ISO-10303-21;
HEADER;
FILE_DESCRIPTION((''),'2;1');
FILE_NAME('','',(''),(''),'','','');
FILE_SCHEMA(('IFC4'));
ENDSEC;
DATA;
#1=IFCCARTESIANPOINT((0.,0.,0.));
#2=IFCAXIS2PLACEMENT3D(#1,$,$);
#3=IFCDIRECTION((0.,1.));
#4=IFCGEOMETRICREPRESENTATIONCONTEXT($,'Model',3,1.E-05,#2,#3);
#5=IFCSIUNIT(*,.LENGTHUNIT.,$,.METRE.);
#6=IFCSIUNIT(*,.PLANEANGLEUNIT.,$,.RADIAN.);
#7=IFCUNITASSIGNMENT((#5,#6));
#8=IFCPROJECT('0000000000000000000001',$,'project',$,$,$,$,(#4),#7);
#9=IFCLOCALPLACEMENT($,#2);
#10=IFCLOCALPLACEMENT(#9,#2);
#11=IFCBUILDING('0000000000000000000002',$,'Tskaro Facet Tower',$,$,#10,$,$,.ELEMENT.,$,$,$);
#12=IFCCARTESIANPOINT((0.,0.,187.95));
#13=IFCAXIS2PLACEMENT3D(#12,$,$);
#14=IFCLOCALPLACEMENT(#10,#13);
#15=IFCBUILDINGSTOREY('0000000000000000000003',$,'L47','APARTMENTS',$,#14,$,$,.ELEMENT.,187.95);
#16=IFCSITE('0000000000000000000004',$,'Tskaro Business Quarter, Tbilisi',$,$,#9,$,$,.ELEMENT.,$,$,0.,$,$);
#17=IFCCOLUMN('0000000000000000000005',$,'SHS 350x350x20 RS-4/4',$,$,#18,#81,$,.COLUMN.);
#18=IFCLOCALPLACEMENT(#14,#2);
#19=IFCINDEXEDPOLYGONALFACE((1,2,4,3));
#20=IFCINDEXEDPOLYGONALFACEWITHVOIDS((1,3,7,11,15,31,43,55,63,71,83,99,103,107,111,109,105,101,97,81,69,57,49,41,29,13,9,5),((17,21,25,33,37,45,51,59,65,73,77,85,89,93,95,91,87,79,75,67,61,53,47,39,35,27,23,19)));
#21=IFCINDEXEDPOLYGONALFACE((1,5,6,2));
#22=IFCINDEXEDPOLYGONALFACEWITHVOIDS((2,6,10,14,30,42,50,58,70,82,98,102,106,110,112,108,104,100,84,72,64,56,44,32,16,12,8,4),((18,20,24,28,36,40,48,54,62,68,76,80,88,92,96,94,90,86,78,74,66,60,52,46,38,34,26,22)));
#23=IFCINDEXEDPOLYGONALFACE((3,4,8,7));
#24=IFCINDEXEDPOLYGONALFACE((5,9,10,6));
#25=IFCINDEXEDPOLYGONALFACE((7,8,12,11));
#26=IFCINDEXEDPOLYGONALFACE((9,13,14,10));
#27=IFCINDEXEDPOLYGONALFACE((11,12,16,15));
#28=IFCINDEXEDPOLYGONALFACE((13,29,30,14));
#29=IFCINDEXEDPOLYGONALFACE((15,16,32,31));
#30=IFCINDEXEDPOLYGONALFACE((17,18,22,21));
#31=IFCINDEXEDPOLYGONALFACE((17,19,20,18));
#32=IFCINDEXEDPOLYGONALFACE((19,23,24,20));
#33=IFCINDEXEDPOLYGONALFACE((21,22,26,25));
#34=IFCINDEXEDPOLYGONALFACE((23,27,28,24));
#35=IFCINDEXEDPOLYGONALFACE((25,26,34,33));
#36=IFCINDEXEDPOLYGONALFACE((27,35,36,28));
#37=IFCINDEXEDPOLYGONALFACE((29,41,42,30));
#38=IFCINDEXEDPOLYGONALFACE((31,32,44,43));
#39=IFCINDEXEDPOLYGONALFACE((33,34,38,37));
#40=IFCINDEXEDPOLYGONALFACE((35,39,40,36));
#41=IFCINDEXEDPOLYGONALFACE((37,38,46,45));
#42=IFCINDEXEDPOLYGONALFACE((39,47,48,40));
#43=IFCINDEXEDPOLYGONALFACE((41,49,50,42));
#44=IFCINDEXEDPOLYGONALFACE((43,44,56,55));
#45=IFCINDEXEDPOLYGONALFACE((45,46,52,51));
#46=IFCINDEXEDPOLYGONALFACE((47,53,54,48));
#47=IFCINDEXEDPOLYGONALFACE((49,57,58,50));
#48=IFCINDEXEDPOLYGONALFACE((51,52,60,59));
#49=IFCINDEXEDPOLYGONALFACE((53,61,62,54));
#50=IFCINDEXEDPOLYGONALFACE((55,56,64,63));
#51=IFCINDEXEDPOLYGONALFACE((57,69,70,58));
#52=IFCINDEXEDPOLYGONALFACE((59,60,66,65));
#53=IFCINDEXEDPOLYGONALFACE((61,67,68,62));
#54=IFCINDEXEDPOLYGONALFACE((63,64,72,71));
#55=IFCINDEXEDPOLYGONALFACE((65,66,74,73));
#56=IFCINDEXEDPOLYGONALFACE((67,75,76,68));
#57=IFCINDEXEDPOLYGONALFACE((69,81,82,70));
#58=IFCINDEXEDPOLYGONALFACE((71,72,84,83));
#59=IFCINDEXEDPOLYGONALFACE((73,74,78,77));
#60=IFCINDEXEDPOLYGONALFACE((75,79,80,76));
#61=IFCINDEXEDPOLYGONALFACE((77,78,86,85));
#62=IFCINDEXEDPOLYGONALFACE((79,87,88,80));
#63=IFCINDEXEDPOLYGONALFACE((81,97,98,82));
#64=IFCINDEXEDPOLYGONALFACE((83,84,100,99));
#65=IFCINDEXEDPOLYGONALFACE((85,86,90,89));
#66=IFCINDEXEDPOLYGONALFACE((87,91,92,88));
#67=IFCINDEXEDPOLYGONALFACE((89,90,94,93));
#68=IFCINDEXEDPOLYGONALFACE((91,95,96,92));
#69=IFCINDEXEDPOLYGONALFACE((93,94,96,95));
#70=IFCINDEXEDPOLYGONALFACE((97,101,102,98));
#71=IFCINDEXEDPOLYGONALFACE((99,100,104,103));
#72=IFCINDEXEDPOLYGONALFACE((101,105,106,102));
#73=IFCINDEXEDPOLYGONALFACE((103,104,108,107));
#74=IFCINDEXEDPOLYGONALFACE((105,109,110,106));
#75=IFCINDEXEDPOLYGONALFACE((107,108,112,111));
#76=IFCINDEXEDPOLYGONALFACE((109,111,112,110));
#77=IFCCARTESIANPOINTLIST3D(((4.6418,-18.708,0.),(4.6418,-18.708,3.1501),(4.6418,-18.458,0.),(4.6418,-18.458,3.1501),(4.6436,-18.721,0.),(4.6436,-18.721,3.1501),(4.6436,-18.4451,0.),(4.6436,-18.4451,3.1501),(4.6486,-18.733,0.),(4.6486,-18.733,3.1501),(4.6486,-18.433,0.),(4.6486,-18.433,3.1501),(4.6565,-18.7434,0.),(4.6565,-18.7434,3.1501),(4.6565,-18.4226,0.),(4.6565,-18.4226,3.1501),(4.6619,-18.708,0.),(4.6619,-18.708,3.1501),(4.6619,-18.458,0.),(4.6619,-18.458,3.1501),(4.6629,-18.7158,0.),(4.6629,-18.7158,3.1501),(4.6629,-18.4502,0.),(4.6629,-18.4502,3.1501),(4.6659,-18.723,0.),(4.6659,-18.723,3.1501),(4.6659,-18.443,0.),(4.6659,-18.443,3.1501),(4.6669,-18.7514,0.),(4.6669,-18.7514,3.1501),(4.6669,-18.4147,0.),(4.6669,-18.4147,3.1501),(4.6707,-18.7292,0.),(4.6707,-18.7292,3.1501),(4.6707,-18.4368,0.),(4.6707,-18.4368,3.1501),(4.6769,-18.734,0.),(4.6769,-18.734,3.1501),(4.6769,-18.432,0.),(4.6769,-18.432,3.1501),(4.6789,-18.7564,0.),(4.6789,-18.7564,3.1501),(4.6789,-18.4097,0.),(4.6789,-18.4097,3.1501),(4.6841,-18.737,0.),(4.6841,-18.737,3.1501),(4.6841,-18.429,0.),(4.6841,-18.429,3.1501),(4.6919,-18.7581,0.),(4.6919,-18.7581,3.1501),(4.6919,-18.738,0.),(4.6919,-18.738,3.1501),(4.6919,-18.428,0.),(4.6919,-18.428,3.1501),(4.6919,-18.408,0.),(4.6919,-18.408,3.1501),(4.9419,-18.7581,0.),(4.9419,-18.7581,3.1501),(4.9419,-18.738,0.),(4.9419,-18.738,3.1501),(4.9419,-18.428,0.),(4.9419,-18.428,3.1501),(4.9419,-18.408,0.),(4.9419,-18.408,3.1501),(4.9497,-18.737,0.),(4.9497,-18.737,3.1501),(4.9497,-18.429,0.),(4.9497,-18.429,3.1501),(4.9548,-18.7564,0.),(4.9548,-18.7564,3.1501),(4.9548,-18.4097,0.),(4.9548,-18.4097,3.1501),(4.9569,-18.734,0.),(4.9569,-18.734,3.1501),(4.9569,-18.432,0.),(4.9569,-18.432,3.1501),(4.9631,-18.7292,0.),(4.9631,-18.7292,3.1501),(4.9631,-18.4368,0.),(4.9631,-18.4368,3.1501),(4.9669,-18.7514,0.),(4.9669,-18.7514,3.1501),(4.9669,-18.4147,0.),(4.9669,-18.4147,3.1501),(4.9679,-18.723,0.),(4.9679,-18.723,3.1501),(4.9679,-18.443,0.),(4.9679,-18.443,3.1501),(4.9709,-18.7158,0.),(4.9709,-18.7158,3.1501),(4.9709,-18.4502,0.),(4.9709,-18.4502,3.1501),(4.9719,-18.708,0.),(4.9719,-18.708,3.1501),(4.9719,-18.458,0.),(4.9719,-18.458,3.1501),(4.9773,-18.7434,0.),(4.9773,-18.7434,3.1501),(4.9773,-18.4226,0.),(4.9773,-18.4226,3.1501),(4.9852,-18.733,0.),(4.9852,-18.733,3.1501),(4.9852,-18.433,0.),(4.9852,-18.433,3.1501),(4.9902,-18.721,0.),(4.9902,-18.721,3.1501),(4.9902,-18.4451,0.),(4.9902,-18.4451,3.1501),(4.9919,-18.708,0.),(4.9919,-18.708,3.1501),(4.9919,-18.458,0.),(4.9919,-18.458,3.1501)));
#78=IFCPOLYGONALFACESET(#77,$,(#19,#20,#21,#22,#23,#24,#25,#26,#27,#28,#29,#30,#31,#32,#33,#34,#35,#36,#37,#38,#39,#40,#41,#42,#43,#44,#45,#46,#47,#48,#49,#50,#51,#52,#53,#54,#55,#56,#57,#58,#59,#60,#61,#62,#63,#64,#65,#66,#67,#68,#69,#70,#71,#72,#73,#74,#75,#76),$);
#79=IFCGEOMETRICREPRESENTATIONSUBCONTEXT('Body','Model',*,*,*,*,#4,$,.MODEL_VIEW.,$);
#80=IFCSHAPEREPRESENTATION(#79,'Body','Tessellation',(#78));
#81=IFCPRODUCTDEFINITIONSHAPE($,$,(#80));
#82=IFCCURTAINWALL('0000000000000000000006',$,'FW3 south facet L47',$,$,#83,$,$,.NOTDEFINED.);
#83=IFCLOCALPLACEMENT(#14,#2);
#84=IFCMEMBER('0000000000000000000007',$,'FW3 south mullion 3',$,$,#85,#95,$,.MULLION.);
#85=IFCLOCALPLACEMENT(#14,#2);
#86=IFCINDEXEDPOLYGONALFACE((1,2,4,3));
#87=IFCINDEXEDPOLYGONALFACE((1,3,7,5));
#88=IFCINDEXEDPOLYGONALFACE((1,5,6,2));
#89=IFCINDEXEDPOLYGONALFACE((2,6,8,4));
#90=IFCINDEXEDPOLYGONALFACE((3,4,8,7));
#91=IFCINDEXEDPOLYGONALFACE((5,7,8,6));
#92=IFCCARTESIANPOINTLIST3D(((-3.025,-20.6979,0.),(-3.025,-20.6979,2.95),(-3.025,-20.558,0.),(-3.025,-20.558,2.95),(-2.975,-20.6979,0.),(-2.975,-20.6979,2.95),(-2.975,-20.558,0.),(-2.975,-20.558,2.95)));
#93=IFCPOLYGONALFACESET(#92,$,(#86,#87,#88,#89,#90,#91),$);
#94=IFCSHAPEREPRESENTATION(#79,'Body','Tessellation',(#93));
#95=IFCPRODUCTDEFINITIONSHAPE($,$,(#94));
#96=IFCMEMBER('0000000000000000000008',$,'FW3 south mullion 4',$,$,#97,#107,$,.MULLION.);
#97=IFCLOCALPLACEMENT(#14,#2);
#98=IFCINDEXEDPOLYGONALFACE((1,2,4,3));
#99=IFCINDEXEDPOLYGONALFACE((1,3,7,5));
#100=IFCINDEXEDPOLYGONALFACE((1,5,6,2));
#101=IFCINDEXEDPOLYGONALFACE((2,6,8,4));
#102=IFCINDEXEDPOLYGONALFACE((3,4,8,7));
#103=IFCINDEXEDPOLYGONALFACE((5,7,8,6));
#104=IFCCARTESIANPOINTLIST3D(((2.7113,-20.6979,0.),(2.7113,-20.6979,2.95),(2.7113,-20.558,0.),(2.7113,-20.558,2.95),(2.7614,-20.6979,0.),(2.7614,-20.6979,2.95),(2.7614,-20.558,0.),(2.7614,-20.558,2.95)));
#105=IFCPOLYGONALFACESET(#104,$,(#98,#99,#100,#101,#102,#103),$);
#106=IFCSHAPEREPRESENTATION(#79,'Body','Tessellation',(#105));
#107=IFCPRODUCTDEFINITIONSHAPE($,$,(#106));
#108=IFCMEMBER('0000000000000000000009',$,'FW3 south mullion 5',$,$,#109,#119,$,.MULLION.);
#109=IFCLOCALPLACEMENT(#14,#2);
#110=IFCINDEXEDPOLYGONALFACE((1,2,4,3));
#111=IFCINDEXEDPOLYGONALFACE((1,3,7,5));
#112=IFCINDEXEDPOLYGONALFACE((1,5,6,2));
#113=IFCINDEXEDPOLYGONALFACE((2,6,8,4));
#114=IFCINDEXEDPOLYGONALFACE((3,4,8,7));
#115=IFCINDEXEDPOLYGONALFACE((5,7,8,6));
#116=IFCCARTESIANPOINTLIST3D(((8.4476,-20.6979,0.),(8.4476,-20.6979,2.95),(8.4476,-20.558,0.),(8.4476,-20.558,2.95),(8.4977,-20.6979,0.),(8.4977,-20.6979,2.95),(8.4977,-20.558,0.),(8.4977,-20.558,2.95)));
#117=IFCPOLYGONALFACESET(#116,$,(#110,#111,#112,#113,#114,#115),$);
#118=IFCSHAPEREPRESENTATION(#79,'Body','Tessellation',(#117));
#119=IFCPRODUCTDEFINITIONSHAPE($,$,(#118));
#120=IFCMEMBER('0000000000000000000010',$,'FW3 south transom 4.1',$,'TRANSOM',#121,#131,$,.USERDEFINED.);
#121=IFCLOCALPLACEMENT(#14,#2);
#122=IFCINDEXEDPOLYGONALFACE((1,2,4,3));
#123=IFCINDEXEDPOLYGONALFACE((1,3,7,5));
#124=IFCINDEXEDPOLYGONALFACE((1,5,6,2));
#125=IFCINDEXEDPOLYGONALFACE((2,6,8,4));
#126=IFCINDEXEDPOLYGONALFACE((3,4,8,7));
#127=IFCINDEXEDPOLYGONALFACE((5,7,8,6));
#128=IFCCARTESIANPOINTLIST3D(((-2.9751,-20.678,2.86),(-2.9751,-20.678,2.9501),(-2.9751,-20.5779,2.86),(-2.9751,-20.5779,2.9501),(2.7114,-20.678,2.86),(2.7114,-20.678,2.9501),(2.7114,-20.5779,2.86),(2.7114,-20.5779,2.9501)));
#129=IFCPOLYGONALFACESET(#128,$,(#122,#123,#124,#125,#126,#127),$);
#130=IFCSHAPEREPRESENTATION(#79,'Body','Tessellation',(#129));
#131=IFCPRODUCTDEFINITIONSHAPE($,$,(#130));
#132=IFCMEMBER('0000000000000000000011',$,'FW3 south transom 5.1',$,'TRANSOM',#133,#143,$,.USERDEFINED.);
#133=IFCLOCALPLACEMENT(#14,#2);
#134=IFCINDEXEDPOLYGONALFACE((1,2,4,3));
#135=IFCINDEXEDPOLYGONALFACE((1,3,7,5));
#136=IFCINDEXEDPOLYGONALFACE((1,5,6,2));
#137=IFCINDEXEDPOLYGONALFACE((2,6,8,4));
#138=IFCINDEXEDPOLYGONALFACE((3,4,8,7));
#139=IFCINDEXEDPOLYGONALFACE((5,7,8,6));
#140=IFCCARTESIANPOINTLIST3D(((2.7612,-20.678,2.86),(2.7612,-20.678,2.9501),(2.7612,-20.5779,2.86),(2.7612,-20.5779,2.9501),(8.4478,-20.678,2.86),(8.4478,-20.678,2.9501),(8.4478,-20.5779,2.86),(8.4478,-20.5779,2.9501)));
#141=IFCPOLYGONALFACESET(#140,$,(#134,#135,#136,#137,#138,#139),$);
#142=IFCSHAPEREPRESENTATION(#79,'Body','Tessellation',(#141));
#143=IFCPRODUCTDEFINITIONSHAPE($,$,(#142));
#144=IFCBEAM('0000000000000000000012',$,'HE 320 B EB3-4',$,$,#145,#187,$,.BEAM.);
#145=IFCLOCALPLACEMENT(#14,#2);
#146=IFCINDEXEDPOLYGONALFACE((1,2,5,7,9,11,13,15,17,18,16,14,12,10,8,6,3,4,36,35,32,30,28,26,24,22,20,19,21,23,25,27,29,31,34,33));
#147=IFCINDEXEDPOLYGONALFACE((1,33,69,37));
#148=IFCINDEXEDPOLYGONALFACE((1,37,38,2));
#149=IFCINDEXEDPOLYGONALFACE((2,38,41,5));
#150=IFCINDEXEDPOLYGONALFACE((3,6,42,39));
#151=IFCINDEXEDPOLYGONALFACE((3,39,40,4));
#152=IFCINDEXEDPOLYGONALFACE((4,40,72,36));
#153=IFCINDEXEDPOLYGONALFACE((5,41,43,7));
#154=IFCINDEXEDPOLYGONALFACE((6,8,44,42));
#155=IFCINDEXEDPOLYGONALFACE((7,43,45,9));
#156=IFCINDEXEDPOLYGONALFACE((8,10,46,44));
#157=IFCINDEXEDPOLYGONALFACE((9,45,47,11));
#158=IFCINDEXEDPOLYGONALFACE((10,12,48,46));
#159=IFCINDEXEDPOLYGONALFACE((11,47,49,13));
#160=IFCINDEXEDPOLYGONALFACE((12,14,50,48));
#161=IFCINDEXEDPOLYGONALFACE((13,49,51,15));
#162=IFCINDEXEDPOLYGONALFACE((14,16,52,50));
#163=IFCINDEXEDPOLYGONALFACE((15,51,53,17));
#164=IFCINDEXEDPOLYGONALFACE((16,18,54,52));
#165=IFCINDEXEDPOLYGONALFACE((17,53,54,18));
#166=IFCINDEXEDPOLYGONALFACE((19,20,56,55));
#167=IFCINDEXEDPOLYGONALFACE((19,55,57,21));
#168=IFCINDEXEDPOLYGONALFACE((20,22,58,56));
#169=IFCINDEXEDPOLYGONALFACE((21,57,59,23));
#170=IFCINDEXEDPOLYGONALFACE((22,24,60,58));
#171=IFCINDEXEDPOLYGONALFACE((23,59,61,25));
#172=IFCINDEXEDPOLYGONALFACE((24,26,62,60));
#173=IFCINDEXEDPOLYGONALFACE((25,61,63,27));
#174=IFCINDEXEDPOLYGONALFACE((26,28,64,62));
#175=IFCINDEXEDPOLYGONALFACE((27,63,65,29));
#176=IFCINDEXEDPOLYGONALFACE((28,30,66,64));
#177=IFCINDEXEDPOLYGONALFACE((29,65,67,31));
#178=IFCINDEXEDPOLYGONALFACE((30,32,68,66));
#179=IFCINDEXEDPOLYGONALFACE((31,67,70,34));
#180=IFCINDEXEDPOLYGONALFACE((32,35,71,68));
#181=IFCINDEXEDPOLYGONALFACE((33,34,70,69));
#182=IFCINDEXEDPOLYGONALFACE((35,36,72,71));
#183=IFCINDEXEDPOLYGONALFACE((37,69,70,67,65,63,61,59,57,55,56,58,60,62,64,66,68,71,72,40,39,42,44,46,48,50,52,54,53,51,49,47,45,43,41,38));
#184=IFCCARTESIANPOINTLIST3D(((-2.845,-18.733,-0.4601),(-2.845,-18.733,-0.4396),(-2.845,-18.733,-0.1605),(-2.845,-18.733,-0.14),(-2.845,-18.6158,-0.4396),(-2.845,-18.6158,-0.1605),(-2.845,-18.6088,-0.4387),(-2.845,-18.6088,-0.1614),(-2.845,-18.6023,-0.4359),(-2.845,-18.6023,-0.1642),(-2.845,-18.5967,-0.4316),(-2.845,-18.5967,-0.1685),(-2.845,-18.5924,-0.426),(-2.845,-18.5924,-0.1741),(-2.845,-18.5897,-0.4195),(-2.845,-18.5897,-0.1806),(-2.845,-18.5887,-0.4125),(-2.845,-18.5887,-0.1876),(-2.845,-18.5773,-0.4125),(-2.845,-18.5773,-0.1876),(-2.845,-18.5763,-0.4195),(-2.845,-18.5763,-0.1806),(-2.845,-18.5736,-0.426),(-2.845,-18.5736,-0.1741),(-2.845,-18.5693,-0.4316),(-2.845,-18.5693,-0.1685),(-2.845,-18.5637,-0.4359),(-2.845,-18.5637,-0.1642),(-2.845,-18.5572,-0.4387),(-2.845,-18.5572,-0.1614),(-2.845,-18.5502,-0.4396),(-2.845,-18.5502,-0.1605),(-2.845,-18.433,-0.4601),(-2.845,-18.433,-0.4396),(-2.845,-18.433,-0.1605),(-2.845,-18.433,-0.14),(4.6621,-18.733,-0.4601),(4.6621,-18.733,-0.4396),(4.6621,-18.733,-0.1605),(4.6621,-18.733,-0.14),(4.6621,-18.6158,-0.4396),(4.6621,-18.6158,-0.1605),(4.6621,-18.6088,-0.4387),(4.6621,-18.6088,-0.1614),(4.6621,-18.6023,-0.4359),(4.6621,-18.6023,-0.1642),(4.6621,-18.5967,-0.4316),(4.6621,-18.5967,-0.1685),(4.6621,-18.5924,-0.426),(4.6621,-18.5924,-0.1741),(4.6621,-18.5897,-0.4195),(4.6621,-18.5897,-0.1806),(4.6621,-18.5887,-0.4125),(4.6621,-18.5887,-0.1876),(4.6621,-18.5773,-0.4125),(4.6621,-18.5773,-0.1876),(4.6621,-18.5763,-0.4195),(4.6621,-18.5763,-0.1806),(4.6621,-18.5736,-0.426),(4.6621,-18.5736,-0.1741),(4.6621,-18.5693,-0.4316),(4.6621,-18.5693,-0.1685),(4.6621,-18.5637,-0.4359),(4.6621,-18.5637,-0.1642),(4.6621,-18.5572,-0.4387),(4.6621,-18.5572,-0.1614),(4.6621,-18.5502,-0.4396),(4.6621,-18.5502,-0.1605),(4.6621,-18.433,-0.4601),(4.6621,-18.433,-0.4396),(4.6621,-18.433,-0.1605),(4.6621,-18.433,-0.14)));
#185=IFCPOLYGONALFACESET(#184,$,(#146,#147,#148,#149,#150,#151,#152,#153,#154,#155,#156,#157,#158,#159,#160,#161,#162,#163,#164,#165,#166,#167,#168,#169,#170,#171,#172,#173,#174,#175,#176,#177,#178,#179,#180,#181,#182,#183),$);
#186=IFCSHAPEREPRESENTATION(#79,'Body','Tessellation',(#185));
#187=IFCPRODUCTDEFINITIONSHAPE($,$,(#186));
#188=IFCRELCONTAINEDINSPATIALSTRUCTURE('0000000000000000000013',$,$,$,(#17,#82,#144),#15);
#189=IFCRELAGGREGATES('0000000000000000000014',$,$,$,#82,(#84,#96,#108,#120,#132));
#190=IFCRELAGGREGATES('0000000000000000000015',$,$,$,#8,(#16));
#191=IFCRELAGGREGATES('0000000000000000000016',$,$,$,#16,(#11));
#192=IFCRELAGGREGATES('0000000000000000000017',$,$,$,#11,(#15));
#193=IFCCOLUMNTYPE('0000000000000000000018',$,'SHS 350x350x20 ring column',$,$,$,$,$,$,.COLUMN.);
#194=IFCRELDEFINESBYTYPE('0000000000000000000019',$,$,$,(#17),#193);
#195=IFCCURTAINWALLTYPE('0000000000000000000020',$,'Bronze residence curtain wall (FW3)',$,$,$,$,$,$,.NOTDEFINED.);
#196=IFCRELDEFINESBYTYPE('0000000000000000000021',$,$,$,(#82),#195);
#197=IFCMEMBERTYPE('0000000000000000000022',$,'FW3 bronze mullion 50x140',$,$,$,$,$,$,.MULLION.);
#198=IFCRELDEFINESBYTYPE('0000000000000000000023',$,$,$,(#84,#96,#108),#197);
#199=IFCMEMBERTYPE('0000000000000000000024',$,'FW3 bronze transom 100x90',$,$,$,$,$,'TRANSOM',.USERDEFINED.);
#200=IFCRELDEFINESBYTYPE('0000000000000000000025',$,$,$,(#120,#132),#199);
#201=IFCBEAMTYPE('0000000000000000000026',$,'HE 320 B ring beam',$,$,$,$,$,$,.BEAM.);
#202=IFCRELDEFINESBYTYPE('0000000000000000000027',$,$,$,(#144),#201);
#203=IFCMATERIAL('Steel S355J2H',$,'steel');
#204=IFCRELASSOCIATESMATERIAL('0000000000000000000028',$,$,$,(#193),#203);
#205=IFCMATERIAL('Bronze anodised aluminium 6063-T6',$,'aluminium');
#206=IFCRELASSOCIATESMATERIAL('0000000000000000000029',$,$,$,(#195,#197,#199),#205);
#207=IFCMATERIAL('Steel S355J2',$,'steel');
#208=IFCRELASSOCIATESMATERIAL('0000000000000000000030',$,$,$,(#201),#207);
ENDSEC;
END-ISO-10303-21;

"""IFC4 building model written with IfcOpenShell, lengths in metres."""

from ifc_helpers import new_model, si_unit, direction, frame, origin, origin_2d, place, context, subcontext, project, spatial, rectangle, hollow_rectangle, i_section, extrude, material, material_profile, profile_set, type_object, element, aggregate, save


model = new_model("IFC4")

# Units and contexts
model_context = context("Model", 3, precision=1e-05, world=origin(), true_north=direction((0.0, 1.0)))
body_context = subcontext(model_context, "Body", "Model", "MODEL_VIEW")
ifc_project = project(units=[si_unit("LENGTHUNIT", "METRE"), si_unit("PLANEANGLEUNIT", "RADIAN")], contexts=[model_context])

# Site, building, storey
site_placement = place(None, origin())
site = spatial("IfcSite", under=ifc_project, at=site_placement, Name="Tskaro Business Quarter, Tbilisi", CompositionType="ELEMENT", RefElevation=0.0)
building_placement = place(site_placement, origin())
building = spatial("IfcBuilding", under=site, at=building_placement, Name="Tskaro Facet Tower", CompositionType="ELEMENT")
storey_placement = place(building_placement, frame((0.0, 0.0, 187.95)))
storey = spatial("IfcBuildingStorey", under=building, at=storey_placement, Name="L47", Description="APARTMENTS", CompositionType="ELEMENT", Elevation=187.95)

# Column
ifc_material_1 = material(Name="Steel S355J2H", Category="steel")
ifc_material_profile_1 = material_profile(ifc_material_1, hollow_rectangle(XDim=0.3501, YDim=0.3501, WallThickness=0.02, InnerFilletRadius=0.03, OuterFilletRadius=0.05, at=origin_2d()), Name="SHS 350x350x20")
ifc_profile_set_1 = profile_set([ifc_material_profile_1], Name="Steel S355J2H")
column_type = type_object("IfcColumnType", Name="SHS 350x350x20 ring column", PredefinedType="COLUMN", material=ifc_profile_set_1)
column_placement = place(storey_placement, frame((4.8169, -18.583, 0.0), z_axis=(0.0, 0.0, 1.0), x_axis=(1.0, 0.0, 0.0)))
element("IfcColumn", 1, at=column_placement, inside=storey, type_object=column_type, Name="SHS 350x350x20 RS-4/4", PredefinedType="COLUMN", context=body_context, shape_type="SweptSolid", body=[
    extrude(hollow_rectangle(XDim=0.3501, YDim=0.3501, WallThickness=0.02, InnerFilletRadius=0.03, OuterFilletRadius=0.05, at=origin_2d()), origin(), (0.0, 0.0, 1.0), 3.1501),
])

# Curtain wall, members
ifc_material_2 = material(Name="Bronze anodised aluminium 6063-T6", Category="aluminium")
curtain_wall_type = type_object("IfcCurtainWallType", Name="Bronze residence curtain wall (FW3)", PredefinedType="NOTDEFINED", material=ifc_material_2)
curtain_wall_placement = place(storey_placement, origin())
curtain_wall = element("IfcCurtainWall", 2, at=curtain_wall_placement, inside=storey, type_object=curtain_wall_type, Name="FW3 south facet L47", PredefinedType="NOTDEFINED")
ifc_material_profile_2 = material_profile(ifc_material_2, rectangle(XDim=0.05, YDim=0.1399, at=origin_2d()), Name="Mullion 50x140")
ifc_profile_set_2 = profile_set([ifc_material_profile_2], Name="Bronze anodised aluminium 6063-T6")
member_type_1 = type_object("IfcMemberType", Name="FW3 bronze mullion 50x140", PredefinedType="MULLION", material=ifc_profile_set_2)
member_1_placement = place(storey_placement, frame((-3.0, -20.6279, 0.0), z_axis=(0.0, 0.0, 1.0), x_axis=(1.0, 0.0, 0.0)))
member_1 = element("IfcMember", 3, at=member_1_placement, type_object=member_type_1, Name="FW3 south mullion 3", PredefinedType="MULLION", context=body_context, shape_type="SweptSolid", body=[
    extrude(rectangle(XDim=0.05, YDim=0.1399, at=origin_2d()), origin(), (0.0, 0.0, 1.0), 2.95),
])
member_2_placement = place(storey_placement, frame((2.7363, -20.6279, 0.0), z_axis=(0.0, 0.0, 1.0), x_axis=(1.0, 0.0, 0.0)))
member_2 = element("IfcMember", 4, at=member_2_placement, type_object=member_type_1, Name="FW3 south mullion 4", PredefinedType="MULLION", context=body_context, shape_type="SweptSolid", body=[
    extrude(rectangle(XDim=0.05, YDim=0.1399, at=origin_2d()), origin(), (0.0, 0.0, 1.0), 2.95),
])
member_3_placement = place(storey_placement, frame((8.4727, -20.6279, 0.0), z_axis=(0.0, 0.0, 1.0), x_axis=(1.0, 0.0, 0.0)))
member_3 = element("IfcMember", 5, at=member_3_placement, type_object=member_type_1, Name="FW3 south mullion 5", PredefinedType="MULLION", context=body_context, shape_type="SweptSolid", body=[
    extrude(rectangle(XDim=0.05, YDim=0.1399, at=origin_2d()), origin(), (0.0, 0.0, 1.0), 2.95),
])
ifc_material_profile_3 = material_profile(ifc_material_2, rectangle(XDim=0.1001, YDim=0.0901, at=origin_2d()), Name="Transom 100x90")
ifc_profile_set_3 = profile_set([ifc_material_profile_3], Name="Bronze anodised aluminium 6063-T6")
member_type_2 = type_object("IfcMemberType", Name="FW3 bronze transom 100x90", ElementType="TRANSOM", PredefinedType="USERDEFINED", material=ifc_profile_set_3)
member_4_placement = place(storey_placement, frame((-2.9751, -20.6279, 2.905), z_axis=(1.0, 0.0, 0.0), x_axis=(0.0, 1.0, 0.0)))
member_4 = element("IfcMember", 6, at=member_4_placement, type_object=member_type_2, Name="FW3 south transom 4.1", ObjectType="TRANSOM", PredefinedType="USERDEFINED", context=body_context, shape_type="SweptSolid", body=[
    extrude(rectangle(XDim=0.1001, YDim=0.0901, at=origin_2d()), origin(), (0.0, 0.0, 1.0), 5.6865),
])
member_5_placement = place(storey_placement, frame((2.7612, -20.6279, 2.905), z_axis=(1.0, 0.0, 0.0), x_axis=(0.0, 1.0, 0.0)))
member_5 = element("IfcMember", 7, at=member_5_placement, type_object=member_type_2, Name="FW3 south transom 5.1", ObjectType="TRANSOM", PredefinedType="USERDEFINED", context=body_context, shape_type="SweptSolid", body=[
    extrude(rectangle(XDim=0.1001, YDim=0.0901, at=origin_2d()), origin(), (0.0, 0.0, 1.0), 5.6865),
])

# Beam
ifc_material_3 = material(Name="Steel S355J2", Category="steel")
ifc_material_profile_4 = material_profile(ifc_material_3, i_section(OverallWidth=0.3, OverallDepth=0.3201, WebThickness=0.0115, FlangeThickness=0.0205, FilletRadius=0.0271, at=origin_2d()), Name="HE 320 B")
ifc_profile_set_4 = profile_set([ifc_material_profile_4], Name="Steel S355J2")
beam_type_1 = type_object("IfcBeamType", Name="HE 320 B ring beam", PredefinedType="BEAM", material=ifc_profile_set_4)
beam_1_placement = place(storey_placement, frame((-2.845, -18.583, -0.3), z_axis=(1.0, 0.0, 0.0), x_axis=(0.0, 1.0, 0.0)))
element("IfcBeam", 8, at=beam_1_placement, inside=storey, type_object=beam_type_1, Name="HE 320 B EB3-4", PredefinedType="BEAM", context=body_context, shape_type="SweptSolid", body=[
    extrude(i_section(OverallWidth=0.3, OverallDepth=0.3201, WebThickness=0.0115, FlangeThickness=0.0205, FilletRadius=0.0271, at=origin_2d()), origin(), (0.0, 0.0, 1.0), 7.5071),
])

aggregate(curtain_wall, [member_1, member_2, member_3, member_4, member_5])

save(model, "model.ifc")
